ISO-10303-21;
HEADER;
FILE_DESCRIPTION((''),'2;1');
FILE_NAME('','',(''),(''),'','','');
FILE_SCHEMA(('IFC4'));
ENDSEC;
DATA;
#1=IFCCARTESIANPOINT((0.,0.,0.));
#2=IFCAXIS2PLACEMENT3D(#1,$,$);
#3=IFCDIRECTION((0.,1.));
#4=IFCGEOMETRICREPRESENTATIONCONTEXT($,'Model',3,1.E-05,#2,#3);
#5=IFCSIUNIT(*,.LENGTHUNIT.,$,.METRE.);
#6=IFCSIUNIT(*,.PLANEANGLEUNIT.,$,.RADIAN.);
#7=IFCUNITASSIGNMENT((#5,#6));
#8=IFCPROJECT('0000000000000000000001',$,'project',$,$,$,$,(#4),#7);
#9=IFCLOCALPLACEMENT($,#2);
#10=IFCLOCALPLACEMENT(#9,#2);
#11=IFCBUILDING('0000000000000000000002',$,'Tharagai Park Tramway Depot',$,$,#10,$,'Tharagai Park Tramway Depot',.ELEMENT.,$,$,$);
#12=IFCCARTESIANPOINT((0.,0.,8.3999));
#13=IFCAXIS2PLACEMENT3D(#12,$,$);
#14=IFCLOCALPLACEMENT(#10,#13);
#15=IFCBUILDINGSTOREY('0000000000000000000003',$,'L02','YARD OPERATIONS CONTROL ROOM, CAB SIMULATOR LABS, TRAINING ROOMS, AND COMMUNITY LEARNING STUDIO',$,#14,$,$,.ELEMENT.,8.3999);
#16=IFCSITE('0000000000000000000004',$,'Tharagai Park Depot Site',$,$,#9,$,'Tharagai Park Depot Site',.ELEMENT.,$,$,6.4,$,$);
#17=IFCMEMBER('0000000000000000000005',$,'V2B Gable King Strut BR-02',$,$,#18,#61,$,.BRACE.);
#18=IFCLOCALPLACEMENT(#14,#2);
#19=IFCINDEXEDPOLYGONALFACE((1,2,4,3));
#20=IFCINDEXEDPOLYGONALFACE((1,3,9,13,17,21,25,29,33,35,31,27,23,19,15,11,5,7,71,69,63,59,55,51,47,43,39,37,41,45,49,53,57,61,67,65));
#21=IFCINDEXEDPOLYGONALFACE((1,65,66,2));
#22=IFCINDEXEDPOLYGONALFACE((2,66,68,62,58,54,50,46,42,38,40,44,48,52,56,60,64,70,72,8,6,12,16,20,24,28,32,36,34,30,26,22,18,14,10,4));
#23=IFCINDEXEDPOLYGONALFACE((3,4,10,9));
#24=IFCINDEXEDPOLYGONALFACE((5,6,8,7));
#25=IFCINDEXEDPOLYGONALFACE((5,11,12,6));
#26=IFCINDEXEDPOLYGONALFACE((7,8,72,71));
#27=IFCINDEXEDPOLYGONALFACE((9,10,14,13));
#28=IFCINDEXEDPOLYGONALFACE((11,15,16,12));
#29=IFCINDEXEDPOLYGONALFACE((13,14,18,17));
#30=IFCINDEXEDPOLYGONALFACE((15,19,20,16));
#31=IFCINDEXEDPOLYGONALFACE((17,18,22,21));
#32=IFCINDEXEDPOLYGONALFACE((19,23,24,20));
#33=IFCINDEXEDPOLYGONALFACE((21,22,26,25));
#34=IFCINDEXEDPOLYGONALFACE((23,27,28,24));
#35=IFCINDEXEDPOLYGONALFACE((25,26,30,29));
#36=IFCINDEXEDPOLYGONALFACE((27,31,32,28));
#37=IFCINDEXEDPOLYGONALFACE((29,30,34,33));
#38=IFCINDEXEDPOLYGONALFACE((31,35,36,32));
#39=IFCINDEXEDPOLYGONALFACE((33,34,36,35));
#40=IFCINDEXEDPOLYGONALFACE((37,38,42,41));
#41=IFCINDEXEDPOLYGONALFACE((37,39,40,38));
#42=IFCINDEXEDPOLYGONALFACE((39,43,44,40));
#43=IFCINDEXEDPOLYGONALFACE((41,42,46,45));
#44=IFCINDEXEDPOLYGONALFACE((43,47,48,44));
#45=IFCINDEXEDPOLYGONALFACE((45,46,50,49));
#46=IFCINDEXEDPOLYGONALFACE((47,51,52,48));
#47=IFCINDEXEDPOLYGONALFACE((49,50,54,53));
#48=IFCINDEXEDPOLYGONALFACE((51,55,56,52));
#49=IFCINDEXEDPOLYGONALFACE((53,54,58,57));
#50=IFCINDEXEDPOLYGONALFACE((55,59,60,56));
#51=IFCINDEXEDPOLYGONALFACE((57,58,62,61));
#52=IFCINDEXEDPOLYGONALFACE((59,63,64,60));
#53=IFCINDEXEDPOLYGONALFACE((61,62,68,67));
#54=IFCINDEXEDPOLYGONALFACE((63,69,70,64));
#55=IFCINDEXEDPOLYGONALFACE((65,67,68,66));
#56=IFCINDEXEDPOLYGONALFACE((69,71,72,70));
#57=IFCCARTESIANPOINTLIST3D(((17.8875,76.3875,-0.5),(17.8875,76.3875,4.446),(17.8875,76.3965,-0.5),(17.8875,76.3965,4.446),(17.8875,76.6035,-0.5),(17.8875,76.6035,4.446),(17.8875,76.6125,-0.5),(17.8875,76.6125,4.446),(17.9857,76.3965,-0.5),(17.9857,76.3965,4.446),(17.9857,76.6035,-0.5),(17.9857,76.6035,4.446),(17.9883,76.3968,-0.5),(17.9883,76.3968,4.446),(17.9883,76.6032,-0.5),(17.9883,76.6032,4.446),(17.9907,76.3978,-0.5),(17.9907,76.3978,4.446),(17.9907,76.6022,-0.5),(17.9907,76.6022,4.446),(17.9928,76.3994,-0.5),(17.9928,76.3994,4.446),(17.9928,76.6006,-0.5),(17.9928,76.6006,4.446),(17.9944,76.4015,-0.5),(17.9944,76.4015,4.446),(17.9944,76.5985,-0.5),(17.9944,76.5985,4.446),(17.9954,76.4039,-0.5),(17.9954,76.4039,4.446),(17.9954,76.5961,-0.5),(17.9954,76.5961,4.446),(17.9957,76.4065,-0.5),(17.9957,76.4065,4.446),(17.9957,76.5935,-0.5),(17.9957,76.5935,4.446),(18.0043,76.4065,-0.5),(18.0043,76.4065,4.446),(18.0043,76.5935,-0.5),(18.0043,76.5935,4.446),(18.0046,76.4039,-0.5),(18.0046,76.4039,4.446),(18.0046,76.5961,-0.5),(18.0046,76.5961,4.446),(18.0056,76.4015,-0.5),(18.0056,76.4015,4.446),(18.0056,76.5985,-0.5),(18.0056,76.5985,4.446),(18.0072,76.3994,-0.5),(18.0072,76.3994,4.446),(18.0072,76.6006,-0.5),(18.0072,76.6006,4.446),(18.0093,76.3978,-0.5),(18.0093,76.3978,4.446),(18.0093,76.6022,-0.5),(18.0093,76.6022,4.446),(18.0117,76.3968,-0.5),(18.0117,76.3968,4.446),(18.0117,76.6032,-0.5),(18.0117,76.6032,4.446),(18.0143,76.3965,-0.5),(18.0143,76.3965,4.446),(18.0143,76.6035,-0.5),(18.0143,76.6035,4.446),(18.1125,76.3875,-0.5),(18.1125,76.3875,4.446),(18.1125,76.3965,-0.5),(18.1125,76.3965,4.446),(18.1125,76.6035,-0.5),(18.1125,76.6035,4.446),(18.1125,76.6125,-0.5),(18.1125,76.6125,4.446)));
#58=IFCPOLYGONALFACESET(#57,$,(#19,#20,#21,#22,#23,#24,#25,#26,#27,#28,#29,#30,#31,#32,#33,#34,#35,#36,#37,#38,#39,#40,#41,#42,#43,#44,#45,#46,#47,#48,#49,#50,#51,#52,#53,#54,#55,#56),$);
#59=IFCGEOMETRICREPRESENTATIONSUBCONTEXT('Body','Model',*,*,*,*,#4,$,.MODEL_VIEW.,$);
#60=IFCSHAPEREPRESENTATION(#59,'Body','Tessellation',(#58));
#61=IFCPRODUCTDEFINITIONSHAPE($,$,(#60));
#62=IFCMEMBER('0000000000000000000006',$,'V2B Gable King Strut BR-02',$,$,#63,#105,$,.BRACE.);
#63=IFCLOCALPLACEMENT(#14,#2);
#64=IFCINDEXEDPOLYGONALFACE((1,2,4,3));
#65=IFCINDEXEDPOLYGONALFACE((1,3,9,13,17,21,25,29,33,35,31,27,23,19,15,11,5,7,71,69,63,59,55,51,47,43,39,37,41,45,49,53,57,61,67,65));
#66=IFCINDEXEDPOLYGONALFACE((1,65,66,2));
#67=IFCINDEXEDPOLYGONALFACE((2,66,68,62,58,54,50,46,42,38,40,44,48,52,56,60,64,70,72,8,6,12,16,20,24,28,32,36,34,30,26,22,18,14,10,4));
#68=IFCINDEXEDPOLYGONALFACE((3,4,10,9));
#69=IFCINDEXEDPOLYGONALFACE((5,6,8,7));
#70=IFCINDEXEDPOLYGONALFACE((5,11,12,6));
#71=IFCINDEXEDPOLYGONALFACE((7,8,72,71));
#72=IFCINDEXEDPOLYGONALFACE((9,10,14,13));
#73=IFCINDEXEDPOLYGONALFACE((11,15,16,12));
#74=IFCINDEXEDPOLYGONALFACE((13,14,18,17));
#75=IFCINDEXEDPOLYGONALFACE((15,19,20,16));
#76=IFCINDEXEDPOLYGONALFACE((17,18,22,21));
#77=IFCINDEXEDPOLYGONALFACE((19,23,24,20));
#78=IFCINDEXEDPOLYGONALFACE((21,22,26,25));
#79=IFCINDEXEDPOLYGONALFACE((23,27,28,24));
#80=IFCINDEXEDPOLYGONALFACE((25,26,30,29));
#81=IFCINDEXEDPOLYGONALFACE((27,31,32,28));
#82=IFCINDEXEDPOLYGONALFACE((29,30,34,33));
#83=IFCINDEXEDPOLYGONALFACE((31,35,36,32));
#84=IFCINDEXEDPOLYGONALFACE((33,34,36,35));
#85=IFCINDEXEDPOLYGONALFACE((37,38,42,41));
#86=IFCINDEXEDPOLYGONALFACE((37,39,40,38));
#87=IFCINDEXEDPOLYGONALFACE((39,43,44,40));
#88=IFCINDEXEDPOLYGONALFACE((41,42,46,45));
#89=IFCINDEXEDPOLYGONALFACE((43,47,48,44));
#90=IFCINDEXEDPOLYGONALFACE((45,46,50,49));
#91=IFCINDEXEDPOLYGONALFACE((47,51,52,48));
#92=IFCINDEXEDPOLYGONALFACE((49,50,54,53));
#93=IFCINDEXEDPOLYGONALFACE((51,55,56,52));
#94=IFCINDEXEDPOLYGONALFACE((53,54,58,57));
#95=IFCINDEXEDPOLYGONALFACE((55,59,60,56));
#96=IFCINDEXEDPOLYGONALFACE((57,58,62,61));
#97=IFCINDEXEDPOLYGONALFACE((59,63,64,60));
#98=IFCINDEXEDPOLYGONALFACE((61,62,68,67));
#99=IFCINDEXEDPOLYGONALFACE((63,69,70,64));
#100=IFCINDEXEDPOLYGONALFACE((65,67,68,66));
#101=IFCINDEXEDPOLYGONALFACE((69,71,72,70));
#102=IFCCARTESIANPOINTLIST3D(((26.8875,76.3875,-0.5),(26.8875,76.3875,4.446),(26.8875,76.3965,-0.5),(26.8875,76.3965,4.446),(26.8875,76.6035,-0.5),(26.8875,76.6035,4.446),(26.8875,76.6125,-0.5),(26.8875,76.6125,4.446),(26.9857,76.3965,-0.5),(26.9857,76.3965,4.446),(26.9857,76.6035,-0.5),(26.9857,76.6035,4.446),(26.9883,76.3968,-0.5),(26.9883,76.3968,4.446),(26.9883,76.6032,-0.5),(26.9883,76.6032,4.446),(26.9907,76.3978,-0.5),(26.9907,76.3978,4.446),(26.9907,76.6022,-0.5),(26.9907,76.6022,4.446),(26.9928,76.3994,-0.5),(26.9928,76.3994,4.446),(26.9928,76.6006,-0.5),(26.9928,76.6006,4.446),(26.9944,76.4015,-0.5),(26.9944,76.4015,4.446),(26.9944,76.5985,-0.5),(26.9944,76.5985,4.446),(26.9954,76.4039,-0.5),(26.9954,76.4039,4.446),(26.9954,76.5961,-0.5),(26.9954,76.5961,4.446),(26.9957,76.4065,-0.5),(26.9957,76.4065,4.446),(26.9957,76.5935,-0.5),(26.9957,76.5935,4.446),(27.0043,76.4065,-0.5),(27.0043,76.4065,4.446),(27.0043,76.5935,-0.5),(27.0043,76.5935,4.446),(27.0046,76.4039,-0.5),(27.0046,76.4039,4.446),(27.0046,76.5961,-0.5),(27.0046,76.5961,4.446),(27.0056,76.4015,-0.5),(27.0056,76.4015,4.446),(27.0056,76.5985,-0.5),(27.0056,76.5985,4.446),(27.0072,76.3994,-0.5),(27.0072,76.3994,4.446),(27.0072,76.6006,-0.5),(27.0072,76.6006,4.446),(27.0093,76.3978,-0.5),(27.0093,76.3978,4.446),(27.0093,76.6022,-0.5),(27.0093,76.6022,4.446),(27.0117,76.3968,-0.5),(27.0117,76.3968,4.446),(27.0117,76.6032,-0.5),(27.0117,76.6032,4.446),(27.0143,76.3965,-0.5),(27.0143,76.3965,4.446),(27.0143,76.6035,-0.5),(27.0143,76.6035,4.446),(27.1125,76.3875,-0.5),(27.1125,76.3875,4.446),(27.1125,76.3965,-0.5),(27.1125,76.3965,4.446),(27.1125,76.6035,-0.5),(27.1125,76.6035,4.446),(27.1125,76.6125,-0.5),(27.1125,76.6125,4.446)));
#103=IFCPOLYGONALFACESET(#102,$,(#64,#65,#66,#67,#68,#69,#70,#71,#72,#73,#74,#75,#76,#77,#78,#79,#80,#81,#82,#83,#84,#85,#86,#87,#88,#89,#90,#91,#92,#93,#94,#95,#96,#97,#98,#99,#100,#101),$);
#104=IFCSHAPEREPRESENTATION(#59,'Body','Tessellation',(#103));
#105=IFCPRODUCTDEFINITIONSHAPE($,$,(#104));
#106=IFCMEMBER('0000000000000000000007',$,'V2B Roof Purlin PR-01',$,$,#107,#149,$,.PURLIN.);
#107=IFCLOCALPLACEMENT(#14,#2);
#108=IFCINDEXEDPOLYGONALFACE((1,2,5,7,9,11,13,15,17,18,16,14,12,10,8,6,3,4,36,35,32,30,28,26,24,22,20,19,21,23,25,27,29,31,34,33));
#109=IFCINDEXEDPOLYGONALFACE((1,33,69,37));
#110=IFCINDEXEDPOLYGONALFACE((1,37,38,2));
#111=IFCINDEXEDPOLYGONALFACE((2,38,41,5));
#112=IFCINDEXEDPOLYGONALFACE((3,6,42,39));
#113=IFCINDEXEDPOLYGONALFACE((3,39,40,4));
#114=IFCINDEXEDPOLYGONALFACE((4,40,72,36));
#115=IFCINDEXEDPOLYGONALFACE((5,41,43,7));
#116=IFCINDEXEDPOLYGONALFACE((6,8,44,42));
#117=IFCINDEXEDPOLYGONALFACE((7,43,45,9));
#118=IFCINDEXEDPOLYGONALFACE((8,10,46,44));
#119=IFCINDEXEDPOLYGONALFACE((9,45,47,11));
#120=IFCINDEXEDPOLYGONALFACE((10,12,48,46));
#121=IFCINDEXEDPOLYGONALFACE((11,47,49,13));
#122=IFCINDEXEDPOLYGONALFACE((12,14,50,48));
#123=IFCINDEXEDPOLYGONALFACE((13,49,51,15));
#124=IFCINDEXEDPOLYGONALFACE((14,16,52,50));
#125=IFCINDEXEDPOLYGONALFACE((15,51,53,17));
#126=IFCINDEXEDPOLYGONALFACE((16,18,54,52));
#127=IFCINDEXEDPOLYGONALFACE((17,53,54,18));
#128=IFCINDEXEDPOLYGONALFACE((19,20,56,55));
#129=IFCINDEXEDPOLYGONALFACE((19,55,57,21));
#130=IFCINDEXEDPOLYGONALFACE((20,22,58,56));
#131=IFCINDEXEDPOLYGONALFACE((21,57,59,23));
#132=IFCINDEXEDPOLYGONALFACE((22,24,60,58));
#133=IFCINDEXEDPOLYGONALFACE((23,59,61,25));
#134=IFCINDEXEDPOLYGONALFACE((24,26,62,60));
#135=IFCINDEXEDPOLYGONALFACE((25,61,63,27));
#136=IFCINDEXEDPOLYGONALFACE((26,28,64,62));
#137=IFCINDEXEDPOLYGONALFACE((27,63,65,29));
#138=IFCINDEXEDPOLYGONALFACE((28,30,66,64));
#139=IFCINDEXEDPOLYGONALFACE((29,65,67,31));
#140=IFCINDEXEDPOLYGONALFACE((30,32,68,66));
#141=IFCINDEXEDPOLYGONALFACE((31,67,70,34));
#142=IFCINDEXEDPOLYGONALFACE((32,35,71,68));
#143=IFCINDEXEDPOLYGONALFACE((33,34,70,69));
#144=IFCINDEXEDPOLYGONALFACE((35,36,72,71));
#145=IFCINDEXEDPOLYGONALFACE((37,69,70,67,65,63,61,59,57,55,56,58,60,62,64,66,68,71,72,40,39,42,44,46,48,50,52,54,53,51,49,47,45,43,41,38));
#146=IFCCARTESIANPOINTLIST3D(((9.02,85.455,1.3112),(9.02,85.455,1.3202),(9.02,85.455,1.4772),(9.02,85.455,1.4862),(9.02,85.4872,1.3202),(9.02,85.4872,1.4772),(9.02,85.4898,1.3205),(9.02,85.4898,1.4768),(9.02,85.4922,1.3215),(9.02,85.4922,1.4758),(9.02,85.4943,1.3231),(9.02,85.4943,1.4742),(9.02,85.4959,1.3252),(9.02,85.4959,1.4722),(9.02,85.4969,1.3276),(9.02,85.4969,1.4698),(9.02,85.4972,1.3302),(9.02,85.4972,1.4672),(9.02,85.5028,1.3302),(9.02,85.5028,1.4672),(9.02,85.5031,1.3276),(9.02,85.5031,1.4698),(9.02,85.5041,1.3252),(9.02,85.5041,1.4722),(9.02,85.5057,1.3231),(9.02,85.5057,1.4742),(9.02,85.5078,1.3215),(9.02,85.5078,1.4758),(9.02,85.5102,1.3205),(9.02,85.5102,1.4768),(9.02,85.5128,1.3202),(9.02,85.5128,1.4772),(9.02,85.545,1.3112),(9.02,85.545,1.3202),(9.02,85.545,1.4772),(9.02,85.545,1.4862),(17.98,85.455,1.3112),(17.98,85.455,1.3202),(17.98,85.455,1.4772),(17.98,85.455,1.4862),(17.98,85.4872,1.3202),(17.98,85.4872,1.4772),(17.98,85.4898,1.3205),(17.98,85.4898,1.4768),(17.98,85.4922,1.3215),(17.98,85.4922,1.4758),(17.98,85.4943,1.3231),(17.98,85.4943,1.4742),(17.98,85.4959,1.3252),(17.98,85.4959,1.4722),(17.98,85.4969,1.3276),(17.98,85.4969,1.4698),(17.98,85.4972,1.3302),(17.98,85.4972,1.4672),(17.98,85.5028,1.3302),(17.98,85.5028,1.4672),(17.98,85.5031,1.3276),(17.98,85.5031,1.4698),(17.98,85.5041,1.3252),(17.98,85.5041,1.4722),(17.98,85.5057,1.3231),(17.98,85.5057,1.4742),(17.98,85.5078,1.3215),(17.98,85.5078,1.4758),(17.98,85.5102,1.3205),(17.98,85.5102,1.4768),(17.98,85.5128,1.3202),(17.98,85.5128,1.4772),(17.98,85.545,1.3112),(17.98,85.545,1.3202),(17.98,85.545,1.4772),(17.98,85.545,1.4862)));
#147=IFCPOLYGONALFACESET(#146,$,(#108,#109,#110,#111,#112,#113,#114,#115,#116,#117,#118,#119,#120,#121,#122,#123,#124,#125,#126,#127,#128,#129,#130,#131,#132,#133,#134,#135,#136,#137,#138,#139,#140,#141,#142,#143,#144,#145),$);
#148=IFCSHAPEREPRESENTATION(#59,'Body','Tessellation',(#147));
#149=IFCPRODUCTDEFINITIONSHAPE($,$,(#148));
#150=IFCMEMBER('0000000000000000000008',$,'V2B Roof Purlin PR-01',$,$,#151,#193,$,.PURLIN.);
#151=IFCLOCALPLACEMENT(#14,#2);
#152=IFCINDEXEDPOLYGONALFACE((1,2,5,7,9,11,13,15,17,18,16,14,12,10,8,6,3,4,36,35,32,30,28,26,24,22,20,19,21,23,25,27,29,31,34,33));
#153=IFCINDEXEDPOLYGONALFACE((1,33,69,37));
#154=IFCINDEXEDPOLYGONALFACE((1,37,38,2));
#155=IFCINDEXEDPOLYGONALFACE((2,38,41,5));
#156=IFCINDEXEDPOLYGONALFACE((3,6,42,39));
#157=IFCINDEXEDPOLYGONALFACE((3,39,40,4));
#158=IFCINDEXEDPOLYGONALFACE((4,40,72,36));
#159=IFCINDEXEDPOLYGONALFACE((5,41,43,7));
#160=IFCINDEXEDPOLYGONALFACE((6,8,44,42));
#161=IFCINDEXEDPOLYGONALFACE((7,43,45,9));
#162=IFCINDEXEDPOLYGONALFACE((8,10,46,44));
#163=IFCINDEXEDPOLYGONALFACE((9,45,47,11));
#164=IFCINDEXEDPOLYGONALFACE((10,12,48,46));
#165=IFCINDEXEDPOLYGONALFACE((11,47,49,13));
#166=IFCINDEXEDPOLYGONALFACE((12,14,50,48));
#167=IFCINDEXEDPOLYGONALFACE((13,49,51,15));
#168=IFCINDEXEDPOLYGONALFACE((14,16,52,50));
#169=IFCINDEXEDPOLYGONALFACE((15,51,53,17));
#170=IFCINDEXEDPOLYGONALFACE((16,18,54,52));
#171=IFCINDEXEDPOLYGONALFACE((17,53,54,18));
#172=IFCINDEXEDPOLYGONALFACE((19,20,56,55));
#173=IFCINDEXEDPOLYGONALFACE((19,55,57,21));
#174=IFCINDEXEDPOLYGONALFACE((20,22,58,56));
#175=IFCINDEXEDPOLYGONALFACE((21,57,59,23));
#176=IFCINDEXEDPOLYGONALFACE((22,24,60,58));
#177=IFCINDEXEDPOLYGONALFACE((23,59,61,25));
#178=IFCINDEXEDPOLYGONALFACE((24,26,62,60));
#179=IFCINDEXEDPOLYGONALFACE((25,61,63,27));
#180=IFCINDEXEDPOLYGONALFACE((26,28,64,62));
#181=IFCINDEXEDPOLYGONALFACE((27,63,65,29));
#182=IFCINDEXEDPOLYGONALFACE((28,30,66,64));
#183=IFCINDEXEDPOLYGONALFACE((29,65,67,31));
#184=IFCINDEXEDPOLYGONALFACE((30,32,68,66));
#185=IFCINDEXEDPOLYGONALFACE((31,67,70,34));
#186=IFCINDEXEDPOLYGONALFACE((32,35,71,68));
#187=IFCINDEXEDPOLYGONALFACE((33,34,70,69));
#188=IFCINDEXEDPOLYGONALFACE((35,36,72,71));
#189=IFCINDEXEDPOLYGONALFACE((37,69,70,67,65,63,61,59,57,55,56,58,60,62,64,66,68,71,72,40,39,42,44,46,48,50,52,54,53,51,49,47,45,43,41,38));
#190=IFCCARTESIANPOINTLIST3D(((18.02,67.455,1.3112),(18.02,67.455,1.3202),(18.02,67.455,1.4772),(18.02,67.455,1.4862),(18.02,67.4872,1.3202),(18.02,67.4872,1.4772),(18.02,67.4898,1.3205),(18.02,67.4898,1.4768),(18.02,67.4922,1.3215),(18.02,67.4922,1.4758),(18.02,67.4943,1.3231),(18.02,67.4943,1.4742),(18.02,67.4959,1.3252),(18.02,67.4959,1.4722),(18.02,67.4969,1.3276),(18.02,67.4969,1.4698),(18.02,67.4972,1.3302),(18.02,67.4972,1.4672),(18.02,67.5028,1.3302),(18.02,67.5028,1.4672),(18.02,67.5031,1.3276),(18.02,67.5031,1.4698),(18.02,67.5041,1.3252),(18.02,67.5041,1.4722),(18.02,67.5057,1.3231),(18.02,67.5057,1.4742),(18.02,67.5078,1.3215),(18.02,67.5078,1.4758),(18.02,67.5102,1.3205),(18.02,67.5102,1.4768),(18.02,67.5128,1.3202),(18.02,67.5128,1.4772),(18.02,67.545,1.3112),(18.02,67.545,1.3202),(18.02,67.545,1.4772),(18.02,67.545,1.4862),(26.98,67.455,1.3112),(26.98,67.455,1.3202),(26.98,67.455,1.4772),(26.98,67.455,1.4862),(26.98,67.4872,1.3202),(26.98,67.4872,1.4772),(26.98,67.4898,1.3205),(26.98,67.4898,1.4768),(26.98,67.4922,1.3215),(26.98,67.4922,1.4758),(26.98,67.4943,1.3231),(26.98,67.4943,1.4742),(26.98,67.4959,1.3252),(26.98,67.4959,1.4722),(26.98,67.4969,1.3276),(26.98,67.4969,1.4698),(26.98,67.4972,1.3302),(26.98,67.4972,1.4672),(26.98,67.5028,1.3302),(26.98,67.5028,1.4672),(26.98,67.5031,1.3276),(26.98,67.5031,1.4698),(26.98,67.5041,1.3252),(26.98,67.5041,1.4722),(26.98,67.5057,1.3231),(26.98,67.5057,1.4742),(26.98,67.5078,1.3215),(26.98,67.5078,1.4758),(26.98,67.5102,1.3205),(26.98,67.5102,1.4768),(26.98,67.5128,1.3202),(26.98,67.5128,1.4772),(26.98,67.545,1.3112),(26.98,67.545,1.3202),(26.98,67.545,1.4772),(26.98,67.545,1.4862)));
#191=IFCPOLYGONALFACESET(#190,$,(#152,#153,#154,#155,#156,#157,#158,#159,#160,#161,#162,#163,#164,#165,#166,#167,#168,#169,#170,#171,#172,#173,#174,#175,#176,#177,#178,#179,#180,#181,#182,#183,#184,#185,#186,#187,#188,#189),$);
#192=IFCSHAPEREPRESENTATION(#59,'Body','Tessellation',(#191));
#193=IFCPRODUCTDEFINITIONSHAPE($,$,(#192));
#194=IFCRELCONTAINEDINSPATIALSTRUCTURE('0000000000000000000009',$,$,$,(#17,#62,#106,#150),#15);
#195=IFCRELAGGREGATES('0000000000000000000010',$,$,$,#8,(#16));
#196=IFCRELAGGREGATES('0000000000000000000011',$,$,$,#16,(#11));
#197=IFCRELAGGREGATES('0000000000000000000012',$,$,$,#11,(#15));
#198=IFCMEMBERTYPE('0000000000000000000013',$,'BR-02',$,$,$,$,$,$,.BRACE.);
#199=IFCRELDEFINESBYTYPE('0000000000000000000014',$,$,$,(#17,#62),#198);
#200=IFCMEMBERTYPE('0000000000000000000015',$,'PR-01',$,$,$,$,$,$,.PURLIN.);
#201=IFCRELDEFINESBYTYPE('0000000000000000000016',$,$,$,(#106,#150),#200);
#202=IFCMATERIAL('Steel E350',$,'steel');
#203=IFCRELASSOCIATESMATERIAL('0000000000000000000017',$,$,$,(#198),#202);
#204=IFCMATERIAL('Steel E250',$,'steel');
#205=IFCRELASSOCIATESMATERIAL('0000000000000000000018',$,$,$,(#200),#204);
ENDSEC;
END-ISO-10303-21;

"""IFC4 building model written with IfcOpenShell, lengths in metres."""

from ifc_helpers import new_model, si_unit, direction, frame, origin, origin_2d, place, context, subcontext, project, spatial, i_section, extrude, material, material_profile, profile_set, type_object, element, save


model = new_model("IFC4")

# Units and contexts
model_context = context("Model", 3, precision=1e-05, world=origin(), true_north=direction((0.0, 1.0)))
body_context = subcontext(model_context, "Body", "Model", "MODEL_VIEW")
ifc_project = project(units=[si_unit("LENGTHUNIT", "METRE"), si_unit("PLANEANGLEUNIT", "RADIAN")], contexts=[model_context])

# Site, building, storey
site_placement = place(None, origin())
site = spatial("IfcSite", under=ifc_project, at=site_placement, Name="Tharagai Park Depot Site", LongName="Tharagai Park Depot Site", CompositionType="ELEMENT", RefElevation=6.4)
building_placement = place(site_placement, origin())
building = spatial("IfcBuilding", under=site, at=building_placement, Name="Tharagai Park Tramway Depot", LongName="Tharagai Park Tramway Depot", CompositionType="ELEMENT")
storey_placement = place(building_placement, frame((0.0, 0.0, 8.3999)))
storey = spatial("IfcBuildingStorey", under=building, at=storey_placement, Name="L02", Description="YARD OPERATIONS CONTROL ROOM, CAB SIMULATOR LABS, TRAINING ROOMS, AND COMMUNITY LEARNING STUDIO", CompositionType="ELEMENT", Elevation=8.3999)

# Shared definitions
ifc_material_1 = material(Name="Steel E350", Category="steel")

# Members
ifc_material_profile_1 = material_profile(ifc_material_1, i_section(OverallWidth=0.2251, OverallDepth=0.2251, WebThickness=0.0085, FlangeThickness=0.009, FilletRadius=0.01, at=origin_2d()), Name="ISHB 225")
ifc_profile_set_1 = profile_set([ifc_material_profile_1], Name="Steel E350")
member_type_1 = type_object("IfcMemberType", Name="BR-02", PredefinedType="BRACE", material=ifc_profile_set_1)
for number, where, z_axis, x_axis, name in (
    (1, (18.0, 76.5, -0.5), (0.0, 0.0, 1.0), (1.0, 0.0, 0.0), "V2B Gable King Strut BR-02"),
    (2, (27.0, 76.5, -0.5), (0.0, 0.0, 1.0), (1.0, 0.0, 0.0), "V2B Gable King Strut BR-02"),
):
    element("IfcMember", number, at=place(storey_placement, frame(where, z_axis=z_axis, x_axis=x_axis)), inside=storey, type_object=member_type_1, Name=name, PredefinedType="BRACE", context=body_context, shape_type="SweptSolid", body=[
        extrude(i_section(OverallWidth=0.2251, OverallDepth=0.2251, WebThickness=0.0085, FlangeThickness=0.009, FilletRadius=0.01, at=origin_2d()), origin(), (0.0, 0.0, 1.0), 4.946),
    ])
ifc_material_2 = material(Name="Steel E250", Category="steel")
ifc_material_profile_2 = material_profile(ifc_material_2, i_section(OverallWidth=0.0901, OverallDepth=0.175, WebThickness=0.0056, FlangeThickness=0.009, FilletRadius=0.01, at=origin_2d()), Name="ISMB 175")
ifc_profile_set_2 = profile_set([ifc_material_profile_2], Name="Steel E250")
member_type_2 = type_object("IfcMemberType", Name="PR-01", PredefinedType="PURLIN", material=ifc_profile_set_2)
for number, where, z_axis, x_axis, name in (
    (3, (9.02, 85.5, 1.3987), (1.0, 0.0, 0.0), (0.0, 1.0, 0.0), "V2B Roof Purlin PR-01"),
    (4, (18.02, 67.5, 1.3987), (1.0, 0.0, 0.0), (0.0, 1.0, 0.0), "V2B Roof Purlin PR-01"),
):
    element("IfcMember", number, at=place(storey_placement, frame(where, z_axis=z_axis, x_axis=x_axis)), inside=storey, type_object=member_type_2, Name=name, PredefinedType="PURLIN", context=body_context, shape_type="SweptSolid", body=[
        extrude(i_section(OverallWidth=0.0901, OverallDepth=0.175, WebThickness=0.0056, FlangeThickness=0.009, FilletRadius=0.01, at=origin_2d()), origin(), (0.0, 0.0, 1.0), 8.96),
    ])

save(model, "model.ifc")
